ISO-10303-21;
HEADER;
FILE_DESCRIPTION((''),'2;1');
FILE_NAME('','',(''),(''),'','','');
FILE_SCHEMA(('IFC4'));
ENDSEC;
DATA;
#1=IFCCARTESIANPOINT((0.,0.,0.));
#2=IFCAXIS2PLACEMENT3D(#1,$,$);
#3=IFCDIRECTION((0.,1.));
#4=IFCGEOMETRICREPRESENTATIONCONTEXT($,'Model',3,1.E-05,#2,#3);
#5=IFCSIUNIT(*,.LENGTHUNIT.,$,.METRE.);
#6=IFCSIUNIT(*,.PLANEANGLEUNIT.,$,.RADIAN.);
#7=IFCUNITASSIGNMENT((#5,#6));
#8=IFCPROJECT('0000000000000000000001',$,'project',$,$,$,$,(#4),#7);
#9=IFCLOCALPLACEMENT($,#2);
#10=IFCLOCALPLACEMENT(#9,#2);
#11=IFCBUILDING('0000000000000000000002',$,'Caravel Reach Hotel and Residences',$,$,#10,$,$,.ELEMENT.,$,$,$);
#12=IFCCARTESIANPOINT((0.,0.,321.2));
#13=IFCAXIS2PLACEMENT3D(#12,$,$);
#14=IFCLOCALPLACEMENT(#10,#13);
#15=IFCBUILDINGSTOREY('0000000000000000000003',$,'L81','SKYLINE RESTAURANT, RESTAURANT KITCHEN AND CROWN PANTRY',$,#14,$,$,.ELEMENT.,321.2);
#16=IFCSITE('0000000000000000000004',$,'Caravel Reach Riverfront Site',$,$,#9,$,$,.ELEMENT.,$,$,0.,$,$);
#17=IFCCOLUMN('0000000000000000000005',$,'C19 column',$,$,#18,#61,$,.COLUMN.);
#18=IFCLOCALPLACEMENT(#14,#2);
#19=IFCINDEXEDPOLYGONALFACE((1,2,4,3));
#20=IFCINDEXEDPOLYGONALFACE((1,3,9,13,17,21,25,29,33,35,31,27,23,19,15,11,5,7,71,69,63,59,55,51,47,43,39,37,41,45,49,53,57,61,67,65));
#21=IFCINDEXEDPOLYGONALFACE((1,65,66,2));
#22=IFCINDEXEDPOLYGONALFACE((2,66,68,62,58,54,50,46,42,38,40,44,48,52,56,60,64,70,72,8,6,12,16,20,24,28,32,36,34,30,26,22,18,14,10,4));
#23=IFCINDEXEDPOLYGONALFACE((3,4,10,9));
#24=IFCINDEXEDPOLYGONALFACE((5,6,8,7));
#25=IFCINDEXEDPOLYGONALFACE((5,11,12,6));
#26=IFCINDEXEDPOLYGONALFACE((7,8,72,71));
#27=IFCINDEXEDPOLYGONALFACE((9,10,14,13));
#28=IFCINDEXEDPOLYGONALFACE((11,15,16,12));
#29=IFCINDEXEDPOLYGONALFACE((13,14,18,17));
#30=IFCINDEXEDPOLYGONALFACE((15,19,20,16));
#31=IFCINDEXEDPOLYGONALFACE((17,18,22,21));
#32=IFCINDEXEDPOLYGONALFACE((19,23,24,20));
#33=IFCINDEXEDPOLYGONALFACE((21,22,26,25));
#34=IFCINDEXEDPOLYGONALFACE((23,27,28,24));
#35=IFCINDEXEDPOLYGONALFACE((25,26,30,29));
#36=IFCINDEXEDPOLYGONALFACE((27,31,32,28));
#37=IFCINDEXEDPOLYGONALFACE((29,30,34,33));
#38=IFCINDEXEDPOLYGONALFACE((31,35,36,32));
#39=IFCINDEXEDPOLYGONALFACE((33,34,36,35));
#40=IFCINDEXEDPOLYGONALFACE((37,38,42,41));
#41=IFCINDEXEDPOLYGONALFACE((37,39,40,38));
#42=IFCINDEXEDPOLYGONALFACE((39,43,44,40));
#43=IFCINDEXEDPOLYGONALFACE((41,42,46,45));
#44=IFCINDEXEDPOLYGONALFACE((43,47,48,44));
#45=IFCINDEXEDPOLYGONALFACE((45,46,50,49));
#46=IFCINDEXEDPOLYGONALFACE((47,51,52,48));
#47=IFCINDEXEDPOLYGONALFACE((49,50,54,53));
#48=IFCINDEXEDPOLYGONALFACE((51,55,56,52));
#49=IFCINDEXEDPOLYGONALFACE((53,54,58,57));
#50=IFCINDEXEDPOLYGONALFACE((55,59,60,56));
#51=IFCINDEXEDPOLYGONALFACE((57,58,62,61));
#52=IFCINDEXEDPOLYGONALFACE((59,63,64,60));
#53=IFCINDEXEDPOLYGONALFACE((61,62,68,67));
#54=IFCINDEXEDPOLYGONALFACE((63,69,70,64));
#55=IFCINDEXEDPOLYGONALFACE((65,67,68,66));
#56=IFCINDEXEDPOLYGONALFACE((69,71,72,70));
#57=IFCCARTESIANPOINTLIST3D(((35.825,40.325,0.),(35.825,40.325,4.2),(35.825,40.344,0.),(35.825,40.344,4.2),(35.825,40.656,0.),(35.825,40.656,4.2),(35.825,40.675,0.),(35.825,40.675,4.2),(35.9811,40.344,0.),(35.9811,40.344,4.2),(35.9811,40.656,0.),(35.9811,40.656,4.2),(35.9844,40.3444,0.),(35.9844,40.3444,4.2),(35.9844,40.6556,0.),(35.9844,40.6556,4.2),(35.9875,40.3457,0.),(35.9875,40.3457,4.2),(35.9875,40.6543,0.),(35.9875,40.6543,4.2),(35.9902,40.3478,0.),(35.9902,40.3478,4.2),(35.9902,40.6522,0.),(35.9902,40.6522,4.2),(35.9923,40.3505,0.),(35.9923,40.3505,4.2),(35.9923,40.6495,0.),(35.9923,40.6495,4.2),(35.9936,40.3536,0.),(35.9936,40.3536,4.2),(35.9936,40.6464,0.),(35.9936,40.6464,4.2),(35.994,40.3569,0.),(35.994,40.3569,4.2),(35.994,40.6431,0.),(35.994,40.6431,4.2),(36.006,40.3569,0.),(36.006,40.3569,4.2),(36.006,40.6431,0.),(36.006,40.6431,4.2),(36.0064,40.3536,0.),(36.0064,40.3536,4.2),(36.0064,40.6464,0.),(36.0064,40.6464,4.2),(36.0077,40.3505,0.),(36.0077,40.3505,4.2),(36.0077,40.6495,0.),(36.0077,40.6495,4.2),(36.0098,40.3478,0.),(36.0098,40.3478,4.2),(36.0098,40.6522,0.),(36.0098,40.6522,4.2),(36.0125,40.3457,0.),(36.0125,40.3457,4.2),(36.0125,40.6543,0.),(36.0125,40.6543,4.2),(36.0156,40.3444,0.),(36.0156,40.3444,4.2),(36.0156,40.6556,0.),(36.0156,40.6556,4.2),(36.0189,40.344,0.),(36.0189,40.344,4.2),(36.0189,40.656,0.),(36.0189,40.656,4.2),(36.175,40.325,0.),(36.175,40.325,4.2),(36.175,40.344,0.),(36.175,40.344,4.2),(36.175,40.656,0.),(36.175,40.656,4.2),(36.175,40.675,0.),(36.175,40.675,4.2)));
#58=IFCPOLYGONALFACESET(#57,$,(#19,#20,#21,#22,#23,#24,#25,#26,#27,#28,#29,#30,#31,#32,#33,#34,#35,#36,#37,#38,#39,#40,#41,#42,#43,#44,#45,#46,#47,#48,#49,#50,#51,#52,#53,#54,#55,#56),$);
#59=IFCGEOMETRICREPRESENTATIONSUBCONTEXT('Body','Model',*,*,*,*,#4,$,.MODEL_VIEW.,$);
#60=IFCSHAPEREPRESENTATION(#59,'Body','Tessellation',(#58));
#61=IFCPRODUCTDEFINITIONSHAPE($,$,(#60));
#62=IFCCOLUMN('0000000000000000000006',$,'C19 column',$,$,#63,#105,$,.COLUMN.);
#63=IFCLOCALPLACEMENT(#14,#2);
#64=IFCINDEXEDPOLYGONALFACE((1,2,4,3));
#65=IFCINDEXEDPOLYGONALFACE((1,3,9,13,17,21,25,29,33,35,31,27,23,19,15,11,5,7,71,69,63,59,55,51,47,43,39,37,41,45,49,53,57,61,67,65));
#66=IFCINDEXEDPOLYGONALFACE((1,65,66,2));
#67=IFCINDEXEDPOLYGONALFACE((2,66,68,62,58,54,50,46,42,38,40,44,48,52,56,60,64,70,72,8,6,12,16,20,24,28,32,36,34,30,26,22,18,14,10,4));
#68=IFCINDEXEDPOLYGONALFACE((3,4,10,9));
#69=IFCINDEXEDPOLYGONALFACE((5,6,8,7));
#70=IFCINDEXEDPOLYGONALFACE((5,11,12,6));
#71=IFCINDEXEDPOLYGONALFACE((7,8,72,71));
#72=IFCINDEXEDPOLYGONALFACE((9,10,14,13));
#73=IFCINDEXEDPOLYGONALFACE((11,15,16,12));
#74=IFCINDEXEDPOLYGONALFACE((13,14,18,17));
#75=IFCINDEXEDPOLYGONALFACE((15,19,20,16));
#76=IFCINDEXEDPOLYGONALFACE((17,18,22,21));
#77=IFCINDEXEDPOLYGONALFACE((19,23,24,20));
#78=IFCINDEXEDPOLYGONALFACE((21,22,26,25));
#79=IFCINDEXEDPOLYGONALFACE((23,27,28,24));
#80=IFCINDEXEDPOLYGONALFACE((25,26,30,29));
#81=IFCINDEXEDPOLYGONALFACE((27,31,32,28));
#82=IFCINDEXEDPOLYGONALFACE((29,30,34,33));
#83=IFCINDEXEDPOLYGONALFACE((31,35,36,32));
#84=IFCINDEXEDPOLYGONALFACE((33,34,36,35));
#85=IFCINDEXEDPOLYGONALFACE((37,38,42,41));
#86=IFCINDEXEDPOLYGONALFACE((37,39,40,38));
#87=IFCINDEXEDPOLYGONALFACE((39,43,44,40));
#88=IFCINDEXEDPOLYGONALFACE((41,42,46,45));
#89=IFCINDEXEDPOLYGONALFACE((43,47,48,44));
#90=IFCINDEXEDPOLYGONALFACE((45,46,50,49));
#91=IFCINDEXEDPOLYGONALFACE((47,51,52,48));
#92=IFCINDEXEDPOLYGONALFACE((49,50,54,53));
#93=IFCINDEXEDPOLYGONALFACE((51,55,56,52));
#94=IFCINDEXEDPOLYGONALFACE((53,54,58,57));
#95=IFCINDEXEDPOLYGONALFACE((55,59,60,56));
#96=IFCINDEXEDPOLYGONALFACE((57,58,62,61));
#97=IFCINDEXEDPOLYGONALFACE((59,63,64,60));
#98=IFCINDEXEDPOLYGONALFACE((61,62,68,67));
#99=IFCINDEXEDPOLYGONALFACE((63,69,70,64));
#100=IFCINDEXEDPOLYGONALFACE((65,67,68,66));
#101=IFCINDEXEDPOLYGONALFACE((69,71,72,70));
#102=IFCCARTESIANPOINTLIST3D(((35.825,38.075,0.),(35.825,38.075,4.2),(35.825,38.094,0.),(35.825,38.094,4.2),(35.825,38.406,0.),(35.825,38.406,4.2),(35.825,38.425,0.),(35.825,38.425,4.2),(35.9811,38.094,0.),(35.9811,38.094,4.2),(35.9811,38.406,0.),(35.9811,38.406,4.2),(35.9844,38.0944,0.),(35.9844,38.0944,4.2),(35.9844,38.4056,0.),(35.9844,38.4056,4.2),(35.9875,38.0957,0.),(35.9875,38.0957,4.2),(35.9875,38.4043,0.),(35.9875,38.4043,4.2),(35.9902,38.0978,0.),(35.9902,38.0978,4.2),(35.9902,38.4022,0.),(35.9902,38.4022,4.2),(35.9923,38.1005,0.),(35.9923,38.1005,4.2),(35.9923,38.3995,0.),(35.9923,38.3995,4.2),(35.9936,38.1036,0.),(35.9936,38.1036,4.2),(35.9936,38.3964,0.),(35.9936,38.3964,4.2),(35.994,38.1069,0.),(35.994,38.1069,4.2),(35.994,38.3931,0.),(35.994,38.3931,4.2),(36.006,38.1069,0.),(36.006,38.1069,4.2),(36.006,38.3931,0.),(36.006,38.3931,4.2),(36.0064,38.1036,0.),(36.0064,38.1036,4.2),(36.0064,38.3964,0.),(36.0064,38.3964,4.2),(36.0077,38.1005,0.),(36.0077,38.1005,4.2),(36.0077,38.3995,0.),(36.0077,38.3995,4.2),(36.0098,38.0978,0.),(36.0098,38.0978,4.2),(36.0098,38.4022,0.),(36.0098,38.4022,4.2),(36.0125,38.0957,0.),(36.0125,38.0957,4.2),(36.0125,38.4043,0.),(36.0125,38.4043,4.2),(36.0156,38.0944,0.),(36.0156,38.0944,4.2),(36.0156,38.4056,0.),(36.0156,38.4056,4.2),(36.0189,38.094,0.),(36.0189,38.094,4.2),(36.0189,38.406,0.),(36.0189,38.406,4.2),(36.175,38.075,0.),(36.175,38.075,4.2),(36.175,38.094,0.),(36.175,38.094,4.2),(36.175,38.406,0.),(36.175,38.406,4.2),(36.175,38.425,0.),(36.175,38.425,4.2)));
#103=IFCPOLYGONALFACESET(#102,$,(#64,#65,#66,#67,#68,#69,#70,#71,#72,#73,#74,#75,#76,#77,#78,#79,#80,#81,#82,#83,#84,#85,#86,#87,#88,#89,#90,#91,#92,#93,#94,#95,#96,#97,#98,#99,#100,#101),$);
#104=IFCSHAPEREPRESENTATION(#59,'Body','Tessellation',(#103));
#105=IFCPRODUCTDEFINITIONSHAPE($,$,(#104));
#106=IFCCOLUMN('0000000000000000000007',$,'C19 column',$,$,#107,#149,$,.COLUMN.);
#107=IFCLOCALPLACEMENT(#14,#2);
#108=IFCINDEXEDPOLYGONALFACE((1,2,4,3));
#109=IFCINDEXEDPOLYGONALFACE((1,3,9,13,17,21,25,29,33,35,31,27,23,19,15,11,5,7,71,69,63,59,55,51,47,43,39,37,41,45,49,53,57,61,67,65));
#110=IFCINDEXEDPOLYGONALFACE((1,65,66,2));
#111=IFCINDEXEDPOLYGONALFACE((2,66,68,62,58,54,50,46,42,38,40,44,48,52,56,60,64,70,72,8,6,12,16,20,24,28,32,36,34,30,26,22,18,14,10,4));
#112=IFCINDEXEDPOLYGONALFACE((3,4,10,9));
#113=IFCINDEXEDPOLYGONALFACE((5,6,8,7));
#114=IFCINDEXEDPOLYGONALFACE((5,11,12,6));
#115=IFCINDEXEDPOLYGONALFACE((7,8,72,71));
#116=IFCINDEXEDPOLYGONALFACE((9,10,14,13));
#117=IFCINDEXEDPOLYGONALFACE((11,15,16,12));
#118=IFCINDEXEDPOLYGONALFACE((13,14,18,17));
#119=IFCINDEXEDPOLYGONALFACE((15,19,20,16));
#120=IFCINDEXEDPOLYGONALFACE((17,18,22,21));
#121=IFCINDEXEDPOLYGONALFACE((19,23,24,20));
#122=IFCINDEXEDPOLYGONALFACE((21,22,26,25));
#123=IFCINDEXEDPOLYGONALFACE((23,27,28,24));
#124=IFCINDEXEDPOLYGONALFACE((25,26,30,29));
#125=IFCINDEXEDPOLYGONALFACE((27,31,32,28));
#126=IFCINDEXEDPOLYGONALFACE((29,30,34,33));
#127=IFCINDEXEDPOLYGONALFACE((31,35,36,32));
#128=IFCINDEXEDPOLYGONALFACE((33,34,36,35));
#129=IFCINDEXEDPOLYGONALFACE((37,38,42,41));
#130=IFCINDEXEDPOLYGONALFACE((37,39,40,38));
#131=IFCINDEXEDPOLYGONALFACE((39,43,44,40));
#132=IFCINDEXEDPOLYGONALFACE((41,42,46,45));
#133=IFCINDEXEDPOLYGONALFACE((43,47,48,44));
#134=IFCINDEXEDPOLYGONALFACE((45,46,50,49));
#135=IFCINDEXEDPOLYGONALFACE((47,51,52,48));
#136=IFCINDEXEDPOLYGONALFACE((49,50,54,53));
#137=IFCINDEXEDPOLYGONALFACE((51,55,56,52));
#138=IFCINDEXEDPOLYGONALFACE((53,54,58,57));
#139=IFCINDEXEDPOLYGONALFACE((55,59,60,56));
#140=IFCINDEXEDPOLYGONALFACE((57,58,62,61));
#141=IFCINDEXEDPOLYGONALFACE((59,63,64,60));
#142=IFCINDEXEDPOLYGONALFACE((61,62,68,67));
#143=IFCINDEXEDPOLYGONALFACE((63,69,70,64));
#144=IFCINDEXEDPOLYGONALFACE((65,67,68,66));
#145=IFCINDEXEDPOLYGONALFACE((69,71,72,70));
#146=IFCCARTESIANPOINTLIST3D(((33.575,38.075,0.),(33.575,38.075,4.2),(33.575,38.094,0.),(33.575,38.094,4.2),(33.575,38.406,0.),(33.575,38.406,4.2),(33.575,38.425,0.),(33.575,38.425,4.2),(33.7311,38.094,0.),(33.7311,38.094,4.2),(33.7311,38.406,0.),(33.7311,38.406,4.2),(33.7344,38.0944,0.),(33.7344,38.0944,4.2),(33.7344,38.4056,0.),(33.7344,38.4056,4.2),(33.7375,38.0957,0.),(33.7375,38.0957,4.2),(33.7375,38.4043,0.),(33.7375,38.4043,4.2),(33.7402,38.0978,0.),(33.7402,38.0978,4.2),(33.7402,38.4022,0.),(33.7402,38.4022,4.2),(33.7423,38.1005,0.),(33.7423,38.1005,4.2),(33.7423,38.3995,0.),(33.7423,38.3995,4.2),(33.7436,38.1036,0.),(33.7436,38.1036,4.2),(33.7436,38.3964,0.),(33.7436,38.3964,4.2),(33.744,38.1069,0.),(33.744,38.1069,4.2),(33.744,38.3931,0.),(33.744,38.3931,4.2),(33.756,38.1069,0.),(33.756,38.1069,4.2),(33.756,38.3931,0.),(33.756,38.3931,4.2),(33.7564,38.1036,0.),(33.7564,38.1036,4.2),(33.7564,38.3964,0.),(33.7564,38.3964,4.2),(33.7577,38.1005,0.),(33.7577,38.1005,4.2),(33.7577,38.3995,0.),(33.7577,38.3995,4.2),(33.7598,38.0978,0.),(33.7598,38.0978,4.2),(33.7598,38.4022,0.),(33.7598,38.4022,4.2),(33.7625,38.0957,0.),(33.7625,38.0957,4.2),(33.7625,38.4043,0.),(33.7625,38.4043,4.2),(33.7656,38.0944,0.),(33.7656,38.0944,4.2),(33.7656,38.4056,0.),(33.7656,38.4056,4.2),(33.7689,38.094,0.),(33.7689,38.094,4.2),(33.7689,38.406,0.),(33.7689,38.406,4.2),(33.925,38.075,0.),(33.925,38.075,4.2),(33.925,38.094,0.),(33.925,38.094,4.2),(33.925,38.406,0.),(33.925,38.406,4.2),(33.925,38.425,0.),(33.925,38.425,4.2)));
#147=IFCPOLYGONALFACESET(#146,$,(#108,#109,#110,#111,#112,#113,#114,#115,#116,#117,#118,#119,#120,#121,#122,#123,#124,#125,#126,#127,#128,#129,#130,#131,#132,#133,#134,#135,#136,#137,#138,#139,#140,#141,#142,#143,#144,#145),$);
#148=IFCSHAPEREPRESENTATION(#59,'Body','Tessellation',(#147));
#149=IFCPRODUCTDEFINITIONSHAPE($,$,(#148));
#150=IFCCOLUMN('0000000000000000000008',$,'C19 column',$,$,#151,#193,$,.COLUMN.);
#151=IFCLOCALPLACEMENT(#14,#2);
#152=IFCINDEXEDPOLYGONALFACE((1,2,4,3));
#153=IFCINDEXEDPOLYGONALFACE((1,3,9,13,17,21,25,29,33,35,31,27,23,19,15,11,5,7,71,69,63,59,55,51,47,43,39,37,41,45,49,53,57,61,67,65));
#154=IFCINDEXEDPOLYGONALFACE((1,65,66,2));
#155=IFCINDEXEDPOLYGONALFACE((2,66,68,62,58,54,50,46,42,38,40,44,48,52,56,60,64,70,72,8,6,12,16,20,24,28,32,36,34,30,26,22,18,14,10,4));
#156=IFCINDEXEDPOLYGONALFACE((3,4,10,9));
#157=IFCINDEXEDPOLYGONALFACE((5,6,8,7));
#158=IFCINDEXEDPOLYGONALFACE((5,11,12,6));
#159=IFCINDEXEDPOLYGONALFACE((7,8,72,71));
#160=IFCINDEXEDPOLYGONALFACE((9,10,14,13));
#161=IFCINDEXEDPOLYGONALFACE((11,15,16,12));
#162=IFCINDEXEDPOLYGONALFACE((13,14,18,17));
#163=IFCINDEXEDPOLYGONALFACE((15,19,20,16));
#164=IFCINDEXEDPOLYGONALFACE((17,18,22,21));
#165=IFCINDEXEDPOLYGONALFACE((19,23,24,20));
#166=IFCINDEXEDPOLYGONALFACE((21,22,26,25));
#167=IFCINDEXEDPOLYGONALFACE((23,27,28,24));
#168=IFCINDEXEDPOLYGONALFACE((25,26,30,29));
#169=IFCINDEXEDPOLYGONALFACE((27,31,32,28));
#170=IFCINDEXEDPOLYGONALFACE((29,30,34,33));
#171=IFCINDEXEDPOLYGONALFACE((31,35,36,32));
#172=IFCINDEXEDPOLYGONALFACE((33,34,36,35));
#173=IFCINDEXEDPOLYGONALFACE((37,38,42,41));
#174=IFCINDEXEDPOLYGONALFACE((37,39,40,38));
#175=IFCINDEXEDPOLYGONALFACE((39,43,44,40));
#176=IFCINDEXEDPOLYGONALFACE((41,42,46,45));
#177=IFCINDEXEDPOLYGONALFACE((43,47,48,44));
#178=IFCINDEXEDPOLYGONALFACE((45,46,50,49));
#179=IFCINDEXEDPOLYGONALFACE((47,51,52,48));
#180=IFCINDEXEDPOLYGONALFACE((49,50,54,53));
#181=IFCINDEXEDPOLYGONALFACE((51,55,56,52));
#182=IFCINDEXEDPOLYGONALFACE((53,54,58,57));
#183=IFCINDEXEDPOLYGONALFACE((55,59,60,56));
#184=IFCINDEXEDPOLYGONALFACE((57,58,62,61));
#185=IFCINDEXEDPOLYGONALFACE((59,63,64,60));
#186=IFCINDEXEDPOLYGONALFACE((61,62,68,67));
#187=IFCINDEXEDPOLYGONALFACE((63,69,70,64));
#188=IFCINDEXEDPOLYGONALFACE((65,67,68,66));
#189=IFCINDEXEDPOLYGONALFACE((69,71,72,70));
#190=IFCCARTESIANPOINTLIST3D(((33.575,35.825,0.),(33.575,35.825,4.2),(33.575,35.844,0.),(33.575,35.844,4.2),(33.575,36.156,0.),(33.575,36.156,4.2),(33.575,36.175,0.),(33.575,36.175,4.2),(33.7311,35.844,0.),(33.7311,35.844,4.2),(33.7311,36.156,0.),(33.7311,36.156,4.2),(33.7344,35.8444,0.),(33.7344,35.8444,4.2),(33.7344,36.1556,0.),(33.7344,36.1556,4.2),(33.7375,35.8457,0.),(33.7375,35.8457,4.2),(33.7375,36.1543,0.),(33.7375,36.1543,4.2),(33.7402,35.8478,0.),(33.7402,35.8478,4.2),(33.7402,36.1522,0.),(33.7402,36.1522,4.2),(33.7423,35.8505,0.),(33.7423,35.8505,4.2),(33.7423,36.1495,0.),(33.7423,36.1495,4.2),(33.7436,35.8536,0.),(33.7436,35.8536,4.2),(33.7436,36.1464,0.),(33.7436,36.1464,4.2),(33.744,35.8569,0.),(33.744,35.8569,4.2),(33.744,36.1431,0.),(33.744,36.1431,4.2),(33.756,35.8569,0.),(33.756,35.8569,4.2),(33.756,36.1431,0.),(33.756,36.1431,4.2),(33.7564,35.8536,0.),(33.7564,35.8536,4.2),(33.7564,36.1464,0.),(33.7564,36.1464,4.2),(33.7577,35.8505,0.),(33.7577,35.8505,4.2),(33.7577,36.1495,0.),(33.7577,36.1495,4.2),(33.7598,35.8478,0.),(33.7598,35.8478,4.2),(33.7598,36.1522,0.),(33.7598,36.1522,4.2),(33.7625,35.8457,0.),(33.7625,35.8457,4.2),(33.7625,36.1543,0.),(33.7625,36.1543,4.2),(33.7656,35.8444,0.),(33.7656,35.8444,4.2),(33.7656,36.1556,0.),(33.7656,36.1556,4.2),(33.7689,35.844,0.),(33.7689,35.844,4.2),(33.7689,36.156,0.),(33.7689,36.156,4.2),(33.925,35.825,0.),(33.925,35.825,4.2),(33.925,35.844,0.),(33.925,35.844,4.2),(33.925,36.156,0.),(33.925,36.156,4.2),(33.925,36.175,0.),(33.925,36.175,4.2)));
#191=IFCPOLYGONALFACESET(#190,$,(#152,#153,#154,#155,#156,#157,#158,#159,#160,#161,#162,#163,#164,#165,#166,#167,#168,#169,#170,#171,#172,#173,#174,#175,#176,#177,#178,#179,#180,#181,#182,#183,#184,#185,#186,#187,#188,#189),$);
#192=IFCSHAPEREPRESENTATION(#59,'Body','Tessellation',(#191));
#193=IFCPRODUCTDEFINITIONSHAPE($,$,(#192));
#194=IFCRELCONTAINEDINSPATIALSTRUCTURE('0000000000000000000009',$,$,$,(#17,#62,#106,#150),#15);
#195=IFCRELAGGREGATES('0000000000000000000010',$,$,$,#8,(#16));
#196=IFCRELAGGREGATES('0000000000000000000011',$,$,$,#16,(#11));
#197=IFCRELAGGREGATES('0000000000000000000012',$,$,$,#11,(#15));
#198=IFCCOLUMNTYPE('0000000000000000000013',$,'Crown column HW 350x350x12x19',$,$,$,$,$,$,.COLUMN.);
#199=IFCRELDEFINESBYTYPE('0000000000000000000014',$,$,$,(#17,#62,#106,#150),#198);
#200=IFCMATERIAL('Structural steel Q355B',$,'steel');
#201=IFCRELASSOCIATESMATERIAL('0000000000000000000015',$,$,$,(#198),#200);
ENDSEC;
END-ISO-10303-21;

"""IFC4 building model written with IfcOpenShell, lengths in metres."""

from ifc_helpers import new_model, si_unit, direction, frame, origin, origin_2d, place, context, subcontext, project, spatial, i_section, extrude, material, material_profile, profile_set, type_object, element, save


model = new_model("IFC4")

# Units and contexts
model_context = context("Model", 3, precision=1e-05, world=origin(), true_north=direction((0.0, 1.0)))
body_context = subcontext(model_context, "Body", "Model", "MODEL_VIEW")
ifc_project = project(units=[si_unit("LENGTHUNIT", "METRE"), si_unit("PLANEANGLEUNIT", "RADIAN")], contexts=[model_context])

# Site, building, storey
site_placement = place(None, origin())
site = spatial("IfcSite", under=ifc_project, at=site_placement, Name="Caravel Reach Riverfront Site", CompositionType="ELEMENT", RefElevation=0.0)
building_placement = place(site_placement, origin())
building = spatial("IfcBuilding", under=site, at=building_placement, Name="Caravel Reach Hotel and Residences", CompositionType="ELEMENT")
storey_placement = place(building_placement, frame((0.0, 0.0, 321.2)))
storey = spatial("IfcBuildingStorey", under=building, at=storey_placement, Name="L81", Description="SKYLINE RESTAURANT, RESTAURANT KITCHEN AND CROWN PANTRY", CompositionType="ELEMENT", Elevation=321.2)

# Columns
ifc_material_1 = material(Name="Structural steel Q355B", Category="steel")
ifc_material_profile_1 = material_profile(ifc_material_1, i_section(OverallWidth=0.3501, OverallDepth=0.3501, WebThickness=0.012, FlangeThickness=0.019, FilletRadius=0.0129, at=origin_2d()), Name="HW 350x350x12x19")
ifc_profile_set_1 = profile_set([ifc_material_profile_1], Name="Structural steel Q355B")
column_type = type_object("IfcColumnType", Name="Crown column HW 350x350x12x19", PredefinedType="COLUMN", material=ifc_profile_set_1)
for number, where, z_axis, x_axis, name in (
    (1, (36.0, 40.5, 0.0), (0.0, 0.0, 1.0), (1.0, 0.0, 0.0), "C19 column"),
    (2, (36.0, 38.25, 0.0), (0.0, 0.0, 1.0), (1.0, 0.0, 0.0), "C19 column"),
    (3, (33.75, 38.25, 0.0), (0.0, 0.0, 1.0), (1.0, 0.0, 0.0), "C19 column"),
    (4, (33.75, 36.0, 0.0), (0.0, 0.0, 1.0), (1.0, 0.0, 0.0), "C19 column"),
):
    element("IfcColumn", number, at=place(storey_placement, frame(where, z_axis=z_axis, x_axis=x_axis)), inside=storey, type_object=column_type, Name=name, PredefinedType="COLUMN", context=body_context, shape_type="SweptSolid", body=[
        extrude(i_section(OverallWidth=0.3501, OverallDepth=0.3501, WebThickness=0.012, FlangeThickness=0.019, FilletRadius=0.0129, at=origin_2d()), origin(), (0.0, 0.0, 1.0), 4.2),
    ])

save(model, "model.ifc")
